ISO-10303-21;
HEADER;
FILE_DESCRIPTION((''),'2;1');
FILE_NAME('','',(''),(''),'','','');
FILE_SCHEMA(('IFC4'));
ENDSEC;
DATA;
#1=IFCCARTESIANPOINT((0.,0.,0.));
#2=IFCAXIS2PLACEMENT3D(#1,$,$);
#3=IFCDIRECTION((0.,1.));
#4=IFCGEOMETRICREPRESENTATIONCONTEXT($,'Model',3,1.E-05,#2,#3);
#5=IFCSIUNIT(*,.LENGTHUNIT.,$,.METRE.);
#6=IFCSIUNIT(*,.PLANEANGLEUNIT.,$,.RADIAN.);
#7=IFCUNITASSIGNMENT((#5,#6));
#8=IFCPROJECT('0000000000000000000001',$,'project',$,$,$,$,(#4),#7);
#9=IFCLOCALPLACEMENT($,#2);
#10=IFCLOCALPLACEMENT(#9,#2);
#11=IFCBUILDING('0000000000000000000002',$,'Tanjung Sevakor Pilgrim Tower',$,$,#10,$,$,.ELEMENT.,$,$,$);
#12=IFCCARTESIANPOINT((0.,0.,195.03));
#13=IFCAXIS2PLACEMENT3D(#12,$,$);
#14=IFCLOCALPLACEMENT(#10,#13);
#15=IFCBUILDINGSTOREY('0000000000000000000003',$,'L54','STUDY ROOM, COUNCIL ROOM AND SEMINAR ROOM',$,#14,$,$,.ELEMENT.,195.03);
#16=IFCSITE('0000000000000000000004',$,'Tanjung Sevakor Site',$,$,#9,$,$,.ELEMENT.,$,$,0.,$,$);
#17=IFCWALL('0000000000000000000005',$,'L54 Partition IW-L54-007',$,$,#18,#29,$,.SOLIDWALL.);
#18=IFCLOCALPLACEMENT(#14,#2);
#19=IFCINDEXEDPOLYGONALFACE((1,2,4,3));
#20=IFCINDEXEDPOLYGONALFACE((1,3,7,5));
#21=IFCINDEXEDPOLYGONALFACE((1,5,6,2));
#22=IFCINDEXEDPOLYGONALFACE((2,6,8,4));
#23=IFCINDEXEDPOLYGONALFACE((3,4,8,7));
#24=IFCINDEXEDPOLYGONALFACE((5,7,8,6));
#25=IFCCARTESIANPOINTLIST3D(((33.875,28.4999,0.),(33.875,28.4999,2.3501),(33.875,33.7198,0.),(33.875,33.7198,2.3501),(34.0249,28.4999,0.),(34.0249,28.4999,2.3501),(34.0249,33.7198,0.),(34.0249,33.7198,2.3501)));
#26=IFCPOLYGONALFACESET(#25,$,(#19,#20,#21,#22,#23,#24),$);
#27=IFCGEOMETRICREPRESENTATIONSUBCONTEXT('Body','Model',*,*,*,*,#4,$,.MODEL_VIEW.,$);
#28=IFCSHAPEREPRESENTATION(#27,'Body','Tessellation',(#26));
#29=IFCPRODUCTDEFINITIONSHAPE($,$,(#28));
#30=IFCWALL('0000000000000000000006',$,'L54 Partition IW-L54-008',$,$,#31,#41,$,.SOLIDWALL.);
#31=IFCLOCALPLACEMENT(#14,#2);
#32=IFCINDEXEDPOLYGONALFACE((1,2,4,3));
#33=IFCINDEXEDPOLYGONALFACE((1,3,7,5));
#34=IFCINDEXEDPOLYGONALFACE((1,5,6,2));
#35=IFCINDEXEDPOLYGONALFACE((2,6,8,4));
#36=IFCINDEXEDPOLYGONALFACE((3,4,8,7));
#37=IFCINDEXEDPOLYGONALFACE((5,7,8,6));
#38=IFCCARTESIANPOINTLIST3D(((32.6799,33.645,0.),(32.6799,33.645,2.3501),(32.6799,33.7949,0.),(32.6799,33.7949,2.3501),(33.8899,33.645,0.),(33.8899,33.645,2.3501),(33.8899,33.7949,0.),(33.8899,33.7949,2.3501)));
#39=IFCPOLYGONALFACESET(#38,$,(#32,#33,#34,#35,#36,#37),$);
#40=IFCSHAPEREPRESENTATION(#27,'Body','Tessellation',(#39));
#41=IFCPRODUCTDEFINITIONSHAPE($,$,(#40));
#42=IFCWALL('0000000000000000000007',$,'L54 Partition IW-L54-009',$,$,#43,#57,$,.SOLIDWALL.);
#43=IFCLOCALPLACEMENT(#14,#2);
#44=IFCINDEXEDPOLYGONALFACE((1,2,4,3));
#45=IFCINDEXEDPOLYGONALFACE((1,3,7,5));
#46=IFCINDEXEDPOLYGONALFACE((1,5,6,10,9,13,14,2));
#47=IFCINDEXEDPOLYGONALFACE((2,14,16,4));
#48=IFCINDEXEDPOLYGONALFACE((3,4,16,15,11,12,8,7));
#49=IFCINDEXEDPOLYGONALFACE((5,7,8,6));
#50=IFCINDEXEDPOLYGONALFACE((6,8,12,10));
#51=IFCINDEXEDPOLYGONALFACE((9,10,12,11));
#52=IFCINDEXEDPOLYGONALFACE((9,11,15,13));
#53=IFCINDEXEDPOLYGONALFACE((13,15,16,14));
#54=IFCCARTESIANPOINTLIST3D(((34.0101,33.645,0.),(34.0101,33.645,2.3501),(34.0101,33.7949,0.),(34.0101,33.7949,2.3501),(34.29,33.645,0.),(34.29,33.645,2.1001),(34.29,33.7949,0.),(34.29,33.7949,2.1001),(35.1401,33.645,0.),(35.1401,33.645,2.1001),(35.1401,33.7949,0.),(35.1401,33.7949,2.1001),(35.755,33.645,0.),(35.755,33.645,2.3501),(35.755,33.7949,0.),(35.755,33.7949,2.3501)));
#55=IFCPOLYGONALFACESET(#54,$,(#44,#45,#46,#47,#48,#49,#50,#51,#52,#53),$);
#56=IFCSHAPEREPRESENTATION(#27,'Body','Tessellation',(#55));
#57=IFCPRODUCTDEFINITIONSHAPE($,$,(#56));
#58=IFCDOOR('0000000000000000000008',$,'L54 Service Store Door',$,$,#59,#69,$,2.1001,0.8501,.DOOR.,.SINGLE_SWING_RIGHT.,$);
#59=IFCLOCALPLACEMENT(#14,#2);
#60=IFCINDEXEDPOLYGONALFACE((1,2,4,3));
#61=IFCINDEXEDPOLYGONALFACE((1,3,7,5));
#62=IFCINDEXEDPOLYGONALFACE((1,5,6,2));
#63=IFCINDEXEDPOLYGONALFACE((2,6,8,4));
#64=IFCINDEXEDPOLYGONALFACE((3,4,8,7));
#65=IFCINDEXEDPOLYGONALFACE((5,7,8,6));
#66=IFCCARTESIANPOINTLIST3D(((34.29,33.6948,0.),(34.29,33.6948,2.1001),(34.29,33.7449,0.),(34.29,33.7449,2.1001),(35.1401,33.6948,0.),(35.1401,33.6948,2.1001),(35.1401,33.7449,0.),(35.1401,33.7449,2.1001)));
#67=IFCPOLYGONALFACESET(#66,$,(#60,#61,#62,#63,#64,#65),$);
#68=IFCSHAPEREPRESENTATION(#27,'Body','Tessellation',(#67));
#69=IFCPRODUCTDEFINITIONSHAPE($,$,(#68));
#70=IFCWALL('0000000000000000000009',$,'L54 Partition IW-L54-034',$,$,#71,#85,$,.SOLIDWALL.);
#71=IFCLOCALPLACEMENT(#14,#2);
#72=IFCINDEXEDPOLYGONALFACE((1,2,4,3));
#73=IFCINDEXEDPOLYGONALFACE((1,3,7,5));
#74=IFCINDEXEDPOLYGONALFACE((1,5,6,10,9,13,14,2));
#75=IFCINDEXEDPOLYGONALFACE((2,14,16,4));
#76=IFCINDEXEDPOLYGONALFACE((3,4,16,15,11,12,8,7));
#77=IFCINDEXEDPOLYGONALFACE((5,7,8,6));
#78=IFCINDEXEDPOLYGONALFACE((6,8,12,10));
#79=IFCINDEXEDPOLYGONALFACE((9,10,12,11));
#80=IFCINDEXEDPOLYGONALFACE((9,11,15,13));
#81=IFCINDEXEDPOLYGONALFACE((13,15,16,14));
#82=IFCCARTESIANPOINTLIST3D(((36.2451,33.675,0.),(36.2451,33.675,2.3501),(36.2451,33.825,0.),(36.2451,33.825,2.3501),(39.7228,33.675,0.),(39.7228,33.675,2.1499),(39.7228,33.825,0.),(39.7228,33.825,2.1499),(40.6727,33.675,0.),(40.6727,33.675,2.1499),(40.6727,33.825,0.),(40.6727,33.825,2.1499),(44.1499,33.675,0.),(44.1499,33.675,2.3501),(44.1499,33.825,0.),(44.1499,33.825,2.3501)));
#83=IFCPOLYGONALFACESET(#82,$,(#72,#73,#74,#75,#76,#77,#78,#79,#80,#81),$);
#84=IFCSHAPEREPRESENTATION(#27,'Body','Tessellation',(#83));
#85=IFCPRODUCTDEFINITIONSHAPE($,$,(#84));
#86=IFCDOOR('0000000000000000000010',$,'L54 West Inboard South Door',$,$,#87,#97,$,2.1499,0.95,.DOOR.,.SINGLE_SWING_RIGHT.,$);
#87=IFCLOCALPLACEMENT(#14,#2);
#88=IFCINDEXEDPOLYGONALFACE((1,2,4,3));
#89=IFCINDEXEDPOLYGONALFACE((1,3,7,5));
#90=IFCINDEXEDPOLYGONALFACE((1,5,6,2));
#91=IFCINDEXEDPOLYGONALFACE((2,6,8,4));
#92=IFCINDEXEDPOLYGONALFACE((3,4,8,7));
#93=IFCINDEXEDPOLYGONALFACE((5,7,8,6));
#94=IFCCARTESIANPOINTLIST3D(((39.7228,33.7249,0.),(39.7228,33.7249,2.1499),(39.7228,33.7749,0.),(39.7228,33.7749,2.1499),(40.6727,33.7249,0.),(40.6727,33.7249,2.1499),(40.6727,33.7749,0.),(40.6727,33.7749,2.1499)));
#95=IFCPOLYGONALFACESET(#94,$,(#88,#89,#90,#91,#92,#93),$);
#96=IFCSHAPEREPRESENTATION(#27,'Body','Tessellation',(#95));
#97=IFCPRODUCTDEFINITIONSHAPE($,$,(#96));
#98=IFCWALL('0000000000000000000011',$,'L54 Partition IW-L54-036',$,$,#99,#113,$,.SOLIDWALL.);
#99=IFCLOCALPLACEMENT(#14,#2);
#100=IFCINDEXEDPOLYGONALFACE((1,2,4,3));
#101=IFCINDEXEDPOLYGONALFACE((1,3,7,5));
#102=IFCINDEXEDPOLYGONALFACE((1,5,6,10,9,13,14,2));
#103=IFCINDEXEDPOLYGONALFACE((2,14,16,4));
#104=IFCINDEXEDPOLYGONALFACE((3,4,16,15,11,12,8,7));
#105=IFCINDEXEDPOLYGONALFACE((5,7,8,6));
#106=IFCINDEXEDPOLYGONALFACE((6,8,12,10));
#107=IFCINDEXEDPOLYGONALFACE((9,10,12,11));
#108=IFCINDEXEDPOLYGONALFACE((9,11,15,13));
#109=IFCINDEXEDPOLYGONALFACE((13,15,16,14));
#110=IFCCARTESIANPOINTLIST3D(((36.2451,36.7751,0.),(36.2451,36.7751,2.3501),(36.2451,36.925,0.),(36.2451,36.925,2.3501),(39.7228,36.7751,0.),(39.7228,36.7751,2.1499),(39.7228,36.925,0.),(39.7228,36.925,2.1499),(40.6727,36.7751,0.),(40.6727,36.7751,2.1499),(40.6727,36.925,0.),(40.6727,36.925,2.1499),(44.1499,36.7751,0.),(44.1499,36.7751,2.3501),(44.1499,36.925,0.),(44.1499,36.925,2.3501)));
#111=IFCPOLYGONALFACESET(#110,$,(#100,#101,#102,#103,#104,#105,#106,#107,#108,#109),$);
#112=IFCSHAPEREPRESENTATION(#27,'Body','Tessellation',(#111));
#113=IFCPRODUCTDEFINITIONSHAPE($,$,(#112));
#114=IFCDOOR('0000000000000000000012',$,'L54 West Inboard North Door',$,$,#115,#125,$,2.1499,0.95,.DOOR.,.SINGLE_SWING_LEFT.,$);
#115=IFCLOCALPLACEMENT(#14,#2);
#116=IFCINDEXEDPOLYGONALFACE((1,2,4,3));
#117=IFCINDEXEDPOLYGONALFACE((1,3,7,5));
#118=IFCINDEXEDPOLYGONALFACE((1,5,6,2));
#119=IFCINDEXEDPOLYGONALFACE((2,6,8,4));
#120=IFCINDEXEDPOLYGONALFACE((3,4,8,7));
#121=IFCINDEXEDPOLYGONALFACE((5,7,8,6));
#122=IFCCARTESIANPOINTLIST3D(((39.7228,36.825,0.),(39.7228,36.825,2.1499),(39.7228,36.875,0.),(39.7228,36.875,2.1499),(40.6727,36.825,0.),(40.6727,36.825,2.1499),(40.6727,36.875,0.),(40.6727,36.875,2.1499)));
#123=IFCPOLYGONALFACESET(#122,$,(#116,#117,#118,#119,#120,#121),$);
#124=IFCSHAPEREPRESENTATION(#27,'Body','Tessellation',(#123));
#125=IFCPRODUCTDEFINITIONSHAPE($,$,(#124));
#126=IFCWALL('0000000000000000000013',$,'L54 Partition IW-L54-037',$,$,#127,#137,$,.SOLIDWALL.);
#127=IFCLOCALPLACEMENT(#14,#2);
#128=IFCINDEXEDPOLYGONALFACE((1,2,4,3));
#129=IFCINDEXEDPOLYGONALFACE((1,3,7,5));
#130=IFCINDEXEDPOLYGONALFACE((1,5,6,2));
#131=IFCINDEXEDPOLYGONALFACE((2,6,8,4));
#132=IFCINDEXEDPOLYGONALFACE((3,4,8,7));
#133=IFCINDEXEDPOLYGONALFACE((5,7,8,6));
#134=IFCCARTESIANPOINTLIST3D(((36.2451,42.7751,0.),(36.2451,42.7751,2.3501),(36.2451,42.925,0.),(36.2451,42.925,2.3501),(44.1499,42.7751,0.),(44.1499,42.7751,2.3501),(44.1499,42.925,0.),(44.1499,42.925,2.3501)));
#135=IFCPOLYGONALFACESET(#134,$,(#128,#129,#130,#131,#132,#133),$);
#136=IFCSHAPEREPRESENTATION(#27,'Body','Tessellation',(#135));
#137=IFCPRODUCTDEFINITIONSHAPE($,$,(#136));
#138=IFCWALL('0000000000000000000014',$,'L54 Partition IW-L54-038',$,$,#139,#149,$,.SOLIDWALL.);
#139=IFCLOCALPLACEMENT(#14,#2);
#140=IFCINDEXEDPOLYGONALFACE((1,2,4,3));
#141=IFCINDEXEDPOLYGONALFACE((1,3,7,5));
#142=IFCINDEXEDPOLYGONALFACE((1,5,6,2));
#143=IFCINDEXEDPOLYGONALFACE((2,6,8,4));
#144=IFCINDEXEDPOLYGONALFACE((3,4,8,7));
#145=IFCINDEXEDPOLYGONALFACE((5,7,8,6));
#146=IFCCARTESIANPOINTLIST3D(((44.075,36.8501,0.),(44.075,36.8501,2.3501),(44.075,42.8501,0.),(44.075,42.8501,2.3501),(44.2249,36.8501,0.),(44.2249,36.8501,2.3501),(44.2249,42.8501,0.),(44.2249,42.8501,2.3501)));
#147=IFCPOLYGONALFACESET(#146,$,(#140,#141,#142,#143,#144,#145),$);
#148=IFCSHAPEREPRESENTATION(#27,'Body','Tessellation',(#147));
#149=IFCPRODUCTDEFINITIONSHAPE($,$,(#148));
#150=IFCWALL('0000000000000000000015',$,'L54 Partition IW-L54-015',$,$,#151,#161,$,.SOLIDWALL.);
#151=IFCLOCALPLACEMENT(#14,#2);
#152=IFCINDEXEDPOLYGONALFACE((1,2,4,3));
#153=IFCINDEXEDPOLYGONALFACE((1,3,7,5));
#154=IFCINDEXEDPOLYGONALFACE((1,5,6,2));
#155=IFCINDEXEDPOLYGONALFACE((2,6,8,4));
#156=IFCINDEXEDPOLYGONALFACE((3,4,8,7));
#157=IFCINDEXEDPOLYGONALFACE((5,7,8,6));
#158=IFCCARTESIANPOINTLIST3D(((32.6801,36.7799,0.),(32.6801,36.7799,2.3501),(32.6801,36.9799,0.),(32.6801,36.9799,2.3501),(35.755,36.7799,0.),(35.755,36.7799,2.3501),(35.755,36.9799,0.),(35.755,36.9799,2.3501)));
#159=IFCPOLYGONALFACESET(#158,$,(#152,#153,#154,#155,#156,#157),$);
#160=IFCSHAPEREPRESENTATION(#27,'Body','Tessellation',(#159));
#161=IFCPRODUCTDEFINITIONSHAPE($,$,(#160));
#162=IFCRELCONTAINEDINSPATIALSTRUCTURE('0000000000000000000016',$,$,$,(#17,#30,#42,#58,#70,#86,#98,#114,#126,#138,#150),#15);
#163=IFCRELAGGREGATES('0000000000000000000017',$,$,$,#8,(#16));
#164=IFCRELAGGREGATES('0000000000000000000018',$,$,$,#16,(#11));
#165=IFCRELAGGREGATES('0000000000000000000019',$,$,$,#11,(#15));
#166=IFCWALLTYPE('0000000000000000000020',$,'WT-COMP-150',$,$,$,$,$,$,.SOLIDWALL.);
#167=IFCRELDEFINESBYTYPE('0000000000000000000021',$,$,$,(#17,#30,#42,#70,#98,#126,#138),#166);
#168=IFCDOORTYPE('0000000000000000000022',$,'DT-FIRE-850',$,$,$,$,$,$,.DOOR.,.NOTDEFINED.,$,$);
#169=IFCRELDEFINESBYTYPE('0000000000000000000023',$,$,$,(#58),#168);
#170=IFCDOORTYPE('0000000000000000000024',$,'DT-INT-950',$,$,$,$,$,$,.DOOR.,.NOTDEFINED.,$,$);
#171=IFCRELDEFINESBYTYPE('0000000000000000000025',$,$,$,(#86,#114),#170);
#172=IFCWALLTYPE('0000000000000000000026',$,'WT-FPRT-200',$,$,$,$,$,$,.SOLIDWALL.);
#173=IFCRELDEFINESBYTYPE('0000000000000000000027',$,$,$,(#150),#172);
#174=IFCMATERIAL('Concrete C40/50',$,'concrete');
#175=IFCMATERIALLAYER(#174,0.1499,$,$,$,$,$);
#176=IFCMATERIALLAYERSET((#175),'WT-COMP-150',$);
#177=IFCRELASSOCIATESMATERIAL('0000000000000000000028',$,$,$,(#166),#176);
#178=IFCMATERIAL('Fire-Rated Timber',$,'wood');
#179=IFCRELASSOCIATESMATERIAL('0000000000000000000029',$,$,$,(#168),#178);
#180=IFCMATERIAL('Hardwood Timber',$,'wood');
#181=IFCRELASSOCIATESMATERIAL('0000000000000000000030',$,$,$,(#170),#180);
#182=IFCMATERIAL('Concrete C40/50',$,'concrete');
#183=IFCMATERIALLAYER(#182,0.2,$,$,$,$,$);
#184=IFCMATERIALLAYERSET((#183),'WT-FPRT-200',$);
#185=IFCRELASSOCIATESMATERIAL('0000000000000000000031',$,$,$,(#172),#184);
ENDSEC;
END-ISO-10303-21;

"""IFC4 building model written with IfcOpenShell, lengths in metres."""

from ifc_helpers import new_model, si_unit, direction, frame, frame_2d, origin, place, context, subcontext, project, spatial, rectangle, extrude, material, layer, layer_set, type_object, element, fill, save


model = new_model("IFC4")

# Units and contexts
model_context = context("Model", 3, precision=1e-05, world=origin(), true_north=direction((0.0, 1.0)))
body_context = subcontext(model_context, "Body", "Model", "MODEL_VIEW")
ifc_project = project(units=[si_unit("LENGTHUNIT", "METRE"), si_unit("PLANEANGLEUNIT", "RADIAN")], contexts=[model_context])

# Site, building, storey
site_placement = place(None, origin())
site = spatial("IfcSite", under=ifc_project, at=site_placement, Name="Tanjung Sevakor Site", CompositionType="ELEMENT", RefElevation=0.0)
building_placement = place(site_placement, origin())
building = spatial("IfcBuilding", under=site, at=building_placement, Name="Tanjung Sevakor Pilgrim Tower", CompositionType="ELEMENT")
storey_placement = place(building_placement, frame((0.0, 0.0, 195.03)))
storey = spatial("IfcBuildingStorey", under=building, at=storey_placement, Name="L54", Description="STUDY ROOM, COUNCIL ROOM AND SEMINAR ROOM", CompositionType="ELEMENT", Elevation=195.03)

# Walls
ifc_material_1 = material(Name="Concrete C40/50", Category="concrete")
ifc_layer_1 = layer(ifc_material_1, 0.1499)
ifc_layer_set_1 = layer_set([ifc_layer_1], Name="WT-COMP-150")
wall_type_1 = type_object("IfcWallType", Name="WT-COMP-150", PredefinedType="SOLIDWALL", material=ifc_layer_set_1)
wall_1_placement = place(storey_placement, frame((33.95, 28.5, 0.0), z_axis=(0.0, 0.0, 1.0), x_axis=(0.0, 1.0, 0.0)))
element("IfcWall", 1, at=wall_1_placement, inside=storey, type_object=wall_type_1, Name="L54 Partition IW-L54-007", PredefinedType="SOLIDWALL", context=body_context, shape_type="SweptSolid", body=[
    extrude(rectangle(XDim=5.22, YDim=0.1499, at=frame_2d((2.6099, 0.0))), origin(), (0.0, 0.0, 1.0), 2.3501),
])
wall_2_placement = place(storey_placement, frame((32.6799, 33.72, 0.0), z_axis=(0.0, 0.0, 1.0), x_axis=(1.0, 0.0, 0.0)))
element("IfcWall", 2, at=wall_2_placement, inside=storey, type_object=wall_type_1, Name="L54 Partition IW-L54-008", PredefinedType="SOLIDWALL", context=body_context, shape_type="SweptSolid", body=[
    extrude(rectangle(XDim=1.21, YDim=0.1499, at=frame_2d((0.605, 0.0))), origin(), (0.0, 0.0, 1.0), 2.3501),
])

# Walls, openings, doors
wall_3_placement = place(storey_placement, frame((34.01, 33.72, 0.0), z_axis=(0.0, 0.0, 1.0), x_axis=(1.0, 0.0, 0.0)))
wall_3 = element("IfcWall", 3, at=wall_3_placement, inside=storey, type_object=wall_type_1, Name="L54 Partition IW-L54-009", PredefinedType="SOLIDWALL", context=body_context, shape_type="SweptSolid", body=[
    extrude(rectangle(XDim=1.7449, YDim=0.1499, at=frame_2d((0.8726, 0.0))), origin(), (0.0, 0.0, 1.0), 2.3501),
])
opening_1_placement = place(wall_3_placement, frame((0.28, 0.0, 0.0)))
opening_1 = element("IfcOpeningElement", 4, at=opening_1_placement, cuts=wall_3, PredefinedType="OPENING", context=body_context, shape_type="SweptSolid", body=[
    extrude(rectangle(XDim=0.8501, YDim=2.1001, at=frame_2d((0.425, 1.05))), frame((0.0, 0.085, 0.0), z_axis=(0.0, -1.0, 0.0), x_axis=(1.0, 0.0, 0.0)), (0.0, 0.0, 1.0), 0.1699),
])
ifc_material_2 = material(Name="Fire-Rated Timber", Category="wood")
door_type_1 = type_object("IfcDoorType", Name="DT-FIRE-850", OperationType="NOTDEFINED", PredefinedType="DOOR", material=ifc_material_2)
door_1_placement = place(opening_1_placement, origin())
door_1 = element("IfcDoor", 5, at=door_1_placement, inside=storey, type_object=door_type_1, Name="L54 Service Store Door", OperationType="SINGLE_SWING_RIGHT", OverallHeight=2.1001, OverallWidth=0.8501, PredefinedType="DOOR", context=body_context, shape_type="SweptSolid", body=[
    extrude(rectangle(XDim=0.8501, YDim=2.1001, at=frame_2d((0.425, 1.05))), frame((0.0, 0.0249, 0.0), z_axis=(0.0, -1.0, 0.0), x_axis=(1.0, 0.0, 0.0)), (0.0, 0.0, 1.0), 0.05),
])
fill(opening_1, door_1)
wall_4_placement = place(storey_placement, frame((36.2451, 33.75, 0.0), z_axis=(0.0, 0.0, 1.0), x_axis=(1.0, 0.0, 0.0)))
wall_4 = element("IfcWall", 6, at=wall_4_placement, inside=storey, type_object=wall_type_1, Name="L54 Partition IW-L54-034", PredefinedType="SOLIDWALL", context=body_context, shape_type="SweptSolid", body=[
    extrude(rectangle(XDim=7.9048, YDim=0.1499, at=frame_2d((3.9524, 0.0))), origin(), (0.0, 0.0, 1.0), 2.3501),
])
opening_2_placement = place(wall_4_placement, frame((3.4775, 0.0, 0.0)))
opening_2 = element("IfcOpeningElement", 7, at=opening_2_placement, cuts=wall_4, PredefinedType="OPENING", context=body_context, shape_type="SweptSolid", body=[
    extrude(rectangle(XDim=0.95, YDim=2.1499, at=frame_2d((0.4751, 1.075))), frame((0.0, 0.085, 0.0), z_axis=(0.0, -1.0, 0.0), x_axis=(1.0, 0.0, 0.0)), (0.0, 0.0, 1.0), 0.1699),
])
ifc_material_3 = material(Name="Hardwood Timber", Category="wood")
door_type_2 = type_object("IfcDoorType", Name="DT-INT-950", OperationType="NOTDEFINED", PredefinedType="DOOR", material=ifc_material_3)
door_2_placement = place(opening_2_placement, origin())
door_2 = element("IfcDoor", 8, at=door_2_placement, inside=storey, type_object=door_type_2, Name="L54 West Inboard South Door", OperationType="SINGLE_SWING_RIGHT", OverallHeight=2.1499, OverallWidth=0.95, PredefinedType="DOOR", context=body_context, shape_type="SweptSolid", body=[
    extrude(rectangle(XDim=0.95, YDim=2.1499, at=frame_2d((0.4751, 1.075))), frame((0.0, 0.0249, 0.0), z_axis=(0.0, -1.0, 0.0), x_axis=(1.0, 0.0, 0.0)), (0.0, 0.0, 1.0), 0.05),
])
fill(opening_2, door_2)
wall_5_placement = place(storey_placement, frame((36.2451, 36.8501, 0.0), z_axis=(0.0, 0.0, 1.0), x_axis=(1.0, 0.0, 0.0)))
wall_5 = element("IfcWall", 9, at=wall_5_placement, inside=storey, type_object=wall_type_1, Name="L54 Partition IW-L54-036", PredefinedType="SOLIDWALL", context=body_context, shape_type="SweptSolid", body=[
    extrude(rectangle(XDim=7.9048, YDim=0.1499, at=frame_2d((3.9524, 0.0))), origin(), (0.0, 0.0, 1.0), 2.3501),
])
opening_3_placement = place(wall_5_placement, frame((3.4775, 0.0, 0.0)))
opening_3 = element("IfcOpeningElement", 10, at=opening_3_placement, cuts=wall_5, PredefinedType="OPENING", context=body_context, shape_type="SweptSolid", body=[
    extrude(rectangle(XDim=0.95, YDim=2.1499, at=frame_2d((0.4751, 1.075))), frame((0.0, 0.085, 0.0), z_axis=(0.0, -1.0, 0.0), x_axis=(1.0, 0.0, 0.0)), (0.0, 0.0, 1.0), 0.1699),
])
door_3_placement = place(opening_3_placement, origin())
door_3 = element("IfcDoor", 11, at=door_3_placement, inside=storey, type_object=door_type_2, Name="L54 West Inboard North Door", OperationType="SINGLE_SWING_LEFT", OverallHeight=2.1499, OverallWidth=0.95, PredefinedType="DOOR", context=body_context, shape_type="SweptSolid", body=[
    extrude(rectangle(XDim=0.95, YDim=2.1499, at=frame_2d((0.4751, 1.075))), frame((0.0, 0.0249, 0.0), z_axis=(0.0, -1.0, 0.0), x_axis=(1.0, 0.0, 0.0)), (0.0, 0.0, 1.0), 0.05),
])
fill(opening_3, door_3)

# Walls
wall_6_placement = place(storey_placement, frame((36.2451, 42.8501, 0.0), z_axis=(0.0, 0.0, 1.0), x_axis=(1.0, 0.0, 0.0)))
element("IfcWall", 12, at=wall_6_placement, inside=storey, type_object=wall_type_1, Name="L54 Partition IW-L54-037", PredefinedType="SOLIDWALL", context=body_context, shape_type="SweptSolid", body=[
    extrude(rectangle(XDim=7.9048, YDim=0.1499, at=frame_2d((3.9524, 0.0))), origin(), (0.0, 0.0, 1.0), 2.3501),
])
wall_7_placement = place(storey_placement, frame((44.1499, 36.8501, 0.0), z_axis=(0.0, 0.0, 1.0), x_axis=(0.0, 1.0, 0.0)))
element("IfcWall", 13, at=wall_7_placement, inside=storey, type_object=wall_type_1, Name="L54 Partition IW-L54-038", PredefinedType="SOLIDWALL", context=body_context, shape_type="SweptSolid", body=[
    extrude(rectangle(XDim=6.0, YDim=0.1499, at=frame_2d((3.0, 0.0))), origin(), (0.0, 0.0, 1.0), 2.3501),
])
ifc_material_4 = material(Name="Concrete C40/50", Category="concrete")
ifc_layer_2 = layer(ifc_material_4, 0.2)
ifc_layer_set_2 = layer_set([ifc_layer_2], Name="WT-FPRT-200")
wall_type_2 = type_object("IfcWallType", Name="WT-FPRT-200", PredefinedType="SOLIDWALL", material=ifc_layer_set_2)
wall_8_placement = place(storey_placement, frame((32.6799, 36.8799, 0.0), z_axis=(0.0, 0.0, 1.0), x_axis=(1.0, 0.0, 0.0)))
element("IfcWall", 14, at=wall_8_placement, inside=storey, type_object=wall_type_2, Name="L54 Partition IW-L54-015", PredefinedType="SOLIDWALL", context=body_context, shape_type="SweptSolid", body=[
    extrude(rectangle(XDim=3.075, YDim=0.2, at=frame_2d((1.5376, 0.0))), origin(), (0.0, 0.0, 1.0), 2.3501),
])

save(model, "model.ifc")
